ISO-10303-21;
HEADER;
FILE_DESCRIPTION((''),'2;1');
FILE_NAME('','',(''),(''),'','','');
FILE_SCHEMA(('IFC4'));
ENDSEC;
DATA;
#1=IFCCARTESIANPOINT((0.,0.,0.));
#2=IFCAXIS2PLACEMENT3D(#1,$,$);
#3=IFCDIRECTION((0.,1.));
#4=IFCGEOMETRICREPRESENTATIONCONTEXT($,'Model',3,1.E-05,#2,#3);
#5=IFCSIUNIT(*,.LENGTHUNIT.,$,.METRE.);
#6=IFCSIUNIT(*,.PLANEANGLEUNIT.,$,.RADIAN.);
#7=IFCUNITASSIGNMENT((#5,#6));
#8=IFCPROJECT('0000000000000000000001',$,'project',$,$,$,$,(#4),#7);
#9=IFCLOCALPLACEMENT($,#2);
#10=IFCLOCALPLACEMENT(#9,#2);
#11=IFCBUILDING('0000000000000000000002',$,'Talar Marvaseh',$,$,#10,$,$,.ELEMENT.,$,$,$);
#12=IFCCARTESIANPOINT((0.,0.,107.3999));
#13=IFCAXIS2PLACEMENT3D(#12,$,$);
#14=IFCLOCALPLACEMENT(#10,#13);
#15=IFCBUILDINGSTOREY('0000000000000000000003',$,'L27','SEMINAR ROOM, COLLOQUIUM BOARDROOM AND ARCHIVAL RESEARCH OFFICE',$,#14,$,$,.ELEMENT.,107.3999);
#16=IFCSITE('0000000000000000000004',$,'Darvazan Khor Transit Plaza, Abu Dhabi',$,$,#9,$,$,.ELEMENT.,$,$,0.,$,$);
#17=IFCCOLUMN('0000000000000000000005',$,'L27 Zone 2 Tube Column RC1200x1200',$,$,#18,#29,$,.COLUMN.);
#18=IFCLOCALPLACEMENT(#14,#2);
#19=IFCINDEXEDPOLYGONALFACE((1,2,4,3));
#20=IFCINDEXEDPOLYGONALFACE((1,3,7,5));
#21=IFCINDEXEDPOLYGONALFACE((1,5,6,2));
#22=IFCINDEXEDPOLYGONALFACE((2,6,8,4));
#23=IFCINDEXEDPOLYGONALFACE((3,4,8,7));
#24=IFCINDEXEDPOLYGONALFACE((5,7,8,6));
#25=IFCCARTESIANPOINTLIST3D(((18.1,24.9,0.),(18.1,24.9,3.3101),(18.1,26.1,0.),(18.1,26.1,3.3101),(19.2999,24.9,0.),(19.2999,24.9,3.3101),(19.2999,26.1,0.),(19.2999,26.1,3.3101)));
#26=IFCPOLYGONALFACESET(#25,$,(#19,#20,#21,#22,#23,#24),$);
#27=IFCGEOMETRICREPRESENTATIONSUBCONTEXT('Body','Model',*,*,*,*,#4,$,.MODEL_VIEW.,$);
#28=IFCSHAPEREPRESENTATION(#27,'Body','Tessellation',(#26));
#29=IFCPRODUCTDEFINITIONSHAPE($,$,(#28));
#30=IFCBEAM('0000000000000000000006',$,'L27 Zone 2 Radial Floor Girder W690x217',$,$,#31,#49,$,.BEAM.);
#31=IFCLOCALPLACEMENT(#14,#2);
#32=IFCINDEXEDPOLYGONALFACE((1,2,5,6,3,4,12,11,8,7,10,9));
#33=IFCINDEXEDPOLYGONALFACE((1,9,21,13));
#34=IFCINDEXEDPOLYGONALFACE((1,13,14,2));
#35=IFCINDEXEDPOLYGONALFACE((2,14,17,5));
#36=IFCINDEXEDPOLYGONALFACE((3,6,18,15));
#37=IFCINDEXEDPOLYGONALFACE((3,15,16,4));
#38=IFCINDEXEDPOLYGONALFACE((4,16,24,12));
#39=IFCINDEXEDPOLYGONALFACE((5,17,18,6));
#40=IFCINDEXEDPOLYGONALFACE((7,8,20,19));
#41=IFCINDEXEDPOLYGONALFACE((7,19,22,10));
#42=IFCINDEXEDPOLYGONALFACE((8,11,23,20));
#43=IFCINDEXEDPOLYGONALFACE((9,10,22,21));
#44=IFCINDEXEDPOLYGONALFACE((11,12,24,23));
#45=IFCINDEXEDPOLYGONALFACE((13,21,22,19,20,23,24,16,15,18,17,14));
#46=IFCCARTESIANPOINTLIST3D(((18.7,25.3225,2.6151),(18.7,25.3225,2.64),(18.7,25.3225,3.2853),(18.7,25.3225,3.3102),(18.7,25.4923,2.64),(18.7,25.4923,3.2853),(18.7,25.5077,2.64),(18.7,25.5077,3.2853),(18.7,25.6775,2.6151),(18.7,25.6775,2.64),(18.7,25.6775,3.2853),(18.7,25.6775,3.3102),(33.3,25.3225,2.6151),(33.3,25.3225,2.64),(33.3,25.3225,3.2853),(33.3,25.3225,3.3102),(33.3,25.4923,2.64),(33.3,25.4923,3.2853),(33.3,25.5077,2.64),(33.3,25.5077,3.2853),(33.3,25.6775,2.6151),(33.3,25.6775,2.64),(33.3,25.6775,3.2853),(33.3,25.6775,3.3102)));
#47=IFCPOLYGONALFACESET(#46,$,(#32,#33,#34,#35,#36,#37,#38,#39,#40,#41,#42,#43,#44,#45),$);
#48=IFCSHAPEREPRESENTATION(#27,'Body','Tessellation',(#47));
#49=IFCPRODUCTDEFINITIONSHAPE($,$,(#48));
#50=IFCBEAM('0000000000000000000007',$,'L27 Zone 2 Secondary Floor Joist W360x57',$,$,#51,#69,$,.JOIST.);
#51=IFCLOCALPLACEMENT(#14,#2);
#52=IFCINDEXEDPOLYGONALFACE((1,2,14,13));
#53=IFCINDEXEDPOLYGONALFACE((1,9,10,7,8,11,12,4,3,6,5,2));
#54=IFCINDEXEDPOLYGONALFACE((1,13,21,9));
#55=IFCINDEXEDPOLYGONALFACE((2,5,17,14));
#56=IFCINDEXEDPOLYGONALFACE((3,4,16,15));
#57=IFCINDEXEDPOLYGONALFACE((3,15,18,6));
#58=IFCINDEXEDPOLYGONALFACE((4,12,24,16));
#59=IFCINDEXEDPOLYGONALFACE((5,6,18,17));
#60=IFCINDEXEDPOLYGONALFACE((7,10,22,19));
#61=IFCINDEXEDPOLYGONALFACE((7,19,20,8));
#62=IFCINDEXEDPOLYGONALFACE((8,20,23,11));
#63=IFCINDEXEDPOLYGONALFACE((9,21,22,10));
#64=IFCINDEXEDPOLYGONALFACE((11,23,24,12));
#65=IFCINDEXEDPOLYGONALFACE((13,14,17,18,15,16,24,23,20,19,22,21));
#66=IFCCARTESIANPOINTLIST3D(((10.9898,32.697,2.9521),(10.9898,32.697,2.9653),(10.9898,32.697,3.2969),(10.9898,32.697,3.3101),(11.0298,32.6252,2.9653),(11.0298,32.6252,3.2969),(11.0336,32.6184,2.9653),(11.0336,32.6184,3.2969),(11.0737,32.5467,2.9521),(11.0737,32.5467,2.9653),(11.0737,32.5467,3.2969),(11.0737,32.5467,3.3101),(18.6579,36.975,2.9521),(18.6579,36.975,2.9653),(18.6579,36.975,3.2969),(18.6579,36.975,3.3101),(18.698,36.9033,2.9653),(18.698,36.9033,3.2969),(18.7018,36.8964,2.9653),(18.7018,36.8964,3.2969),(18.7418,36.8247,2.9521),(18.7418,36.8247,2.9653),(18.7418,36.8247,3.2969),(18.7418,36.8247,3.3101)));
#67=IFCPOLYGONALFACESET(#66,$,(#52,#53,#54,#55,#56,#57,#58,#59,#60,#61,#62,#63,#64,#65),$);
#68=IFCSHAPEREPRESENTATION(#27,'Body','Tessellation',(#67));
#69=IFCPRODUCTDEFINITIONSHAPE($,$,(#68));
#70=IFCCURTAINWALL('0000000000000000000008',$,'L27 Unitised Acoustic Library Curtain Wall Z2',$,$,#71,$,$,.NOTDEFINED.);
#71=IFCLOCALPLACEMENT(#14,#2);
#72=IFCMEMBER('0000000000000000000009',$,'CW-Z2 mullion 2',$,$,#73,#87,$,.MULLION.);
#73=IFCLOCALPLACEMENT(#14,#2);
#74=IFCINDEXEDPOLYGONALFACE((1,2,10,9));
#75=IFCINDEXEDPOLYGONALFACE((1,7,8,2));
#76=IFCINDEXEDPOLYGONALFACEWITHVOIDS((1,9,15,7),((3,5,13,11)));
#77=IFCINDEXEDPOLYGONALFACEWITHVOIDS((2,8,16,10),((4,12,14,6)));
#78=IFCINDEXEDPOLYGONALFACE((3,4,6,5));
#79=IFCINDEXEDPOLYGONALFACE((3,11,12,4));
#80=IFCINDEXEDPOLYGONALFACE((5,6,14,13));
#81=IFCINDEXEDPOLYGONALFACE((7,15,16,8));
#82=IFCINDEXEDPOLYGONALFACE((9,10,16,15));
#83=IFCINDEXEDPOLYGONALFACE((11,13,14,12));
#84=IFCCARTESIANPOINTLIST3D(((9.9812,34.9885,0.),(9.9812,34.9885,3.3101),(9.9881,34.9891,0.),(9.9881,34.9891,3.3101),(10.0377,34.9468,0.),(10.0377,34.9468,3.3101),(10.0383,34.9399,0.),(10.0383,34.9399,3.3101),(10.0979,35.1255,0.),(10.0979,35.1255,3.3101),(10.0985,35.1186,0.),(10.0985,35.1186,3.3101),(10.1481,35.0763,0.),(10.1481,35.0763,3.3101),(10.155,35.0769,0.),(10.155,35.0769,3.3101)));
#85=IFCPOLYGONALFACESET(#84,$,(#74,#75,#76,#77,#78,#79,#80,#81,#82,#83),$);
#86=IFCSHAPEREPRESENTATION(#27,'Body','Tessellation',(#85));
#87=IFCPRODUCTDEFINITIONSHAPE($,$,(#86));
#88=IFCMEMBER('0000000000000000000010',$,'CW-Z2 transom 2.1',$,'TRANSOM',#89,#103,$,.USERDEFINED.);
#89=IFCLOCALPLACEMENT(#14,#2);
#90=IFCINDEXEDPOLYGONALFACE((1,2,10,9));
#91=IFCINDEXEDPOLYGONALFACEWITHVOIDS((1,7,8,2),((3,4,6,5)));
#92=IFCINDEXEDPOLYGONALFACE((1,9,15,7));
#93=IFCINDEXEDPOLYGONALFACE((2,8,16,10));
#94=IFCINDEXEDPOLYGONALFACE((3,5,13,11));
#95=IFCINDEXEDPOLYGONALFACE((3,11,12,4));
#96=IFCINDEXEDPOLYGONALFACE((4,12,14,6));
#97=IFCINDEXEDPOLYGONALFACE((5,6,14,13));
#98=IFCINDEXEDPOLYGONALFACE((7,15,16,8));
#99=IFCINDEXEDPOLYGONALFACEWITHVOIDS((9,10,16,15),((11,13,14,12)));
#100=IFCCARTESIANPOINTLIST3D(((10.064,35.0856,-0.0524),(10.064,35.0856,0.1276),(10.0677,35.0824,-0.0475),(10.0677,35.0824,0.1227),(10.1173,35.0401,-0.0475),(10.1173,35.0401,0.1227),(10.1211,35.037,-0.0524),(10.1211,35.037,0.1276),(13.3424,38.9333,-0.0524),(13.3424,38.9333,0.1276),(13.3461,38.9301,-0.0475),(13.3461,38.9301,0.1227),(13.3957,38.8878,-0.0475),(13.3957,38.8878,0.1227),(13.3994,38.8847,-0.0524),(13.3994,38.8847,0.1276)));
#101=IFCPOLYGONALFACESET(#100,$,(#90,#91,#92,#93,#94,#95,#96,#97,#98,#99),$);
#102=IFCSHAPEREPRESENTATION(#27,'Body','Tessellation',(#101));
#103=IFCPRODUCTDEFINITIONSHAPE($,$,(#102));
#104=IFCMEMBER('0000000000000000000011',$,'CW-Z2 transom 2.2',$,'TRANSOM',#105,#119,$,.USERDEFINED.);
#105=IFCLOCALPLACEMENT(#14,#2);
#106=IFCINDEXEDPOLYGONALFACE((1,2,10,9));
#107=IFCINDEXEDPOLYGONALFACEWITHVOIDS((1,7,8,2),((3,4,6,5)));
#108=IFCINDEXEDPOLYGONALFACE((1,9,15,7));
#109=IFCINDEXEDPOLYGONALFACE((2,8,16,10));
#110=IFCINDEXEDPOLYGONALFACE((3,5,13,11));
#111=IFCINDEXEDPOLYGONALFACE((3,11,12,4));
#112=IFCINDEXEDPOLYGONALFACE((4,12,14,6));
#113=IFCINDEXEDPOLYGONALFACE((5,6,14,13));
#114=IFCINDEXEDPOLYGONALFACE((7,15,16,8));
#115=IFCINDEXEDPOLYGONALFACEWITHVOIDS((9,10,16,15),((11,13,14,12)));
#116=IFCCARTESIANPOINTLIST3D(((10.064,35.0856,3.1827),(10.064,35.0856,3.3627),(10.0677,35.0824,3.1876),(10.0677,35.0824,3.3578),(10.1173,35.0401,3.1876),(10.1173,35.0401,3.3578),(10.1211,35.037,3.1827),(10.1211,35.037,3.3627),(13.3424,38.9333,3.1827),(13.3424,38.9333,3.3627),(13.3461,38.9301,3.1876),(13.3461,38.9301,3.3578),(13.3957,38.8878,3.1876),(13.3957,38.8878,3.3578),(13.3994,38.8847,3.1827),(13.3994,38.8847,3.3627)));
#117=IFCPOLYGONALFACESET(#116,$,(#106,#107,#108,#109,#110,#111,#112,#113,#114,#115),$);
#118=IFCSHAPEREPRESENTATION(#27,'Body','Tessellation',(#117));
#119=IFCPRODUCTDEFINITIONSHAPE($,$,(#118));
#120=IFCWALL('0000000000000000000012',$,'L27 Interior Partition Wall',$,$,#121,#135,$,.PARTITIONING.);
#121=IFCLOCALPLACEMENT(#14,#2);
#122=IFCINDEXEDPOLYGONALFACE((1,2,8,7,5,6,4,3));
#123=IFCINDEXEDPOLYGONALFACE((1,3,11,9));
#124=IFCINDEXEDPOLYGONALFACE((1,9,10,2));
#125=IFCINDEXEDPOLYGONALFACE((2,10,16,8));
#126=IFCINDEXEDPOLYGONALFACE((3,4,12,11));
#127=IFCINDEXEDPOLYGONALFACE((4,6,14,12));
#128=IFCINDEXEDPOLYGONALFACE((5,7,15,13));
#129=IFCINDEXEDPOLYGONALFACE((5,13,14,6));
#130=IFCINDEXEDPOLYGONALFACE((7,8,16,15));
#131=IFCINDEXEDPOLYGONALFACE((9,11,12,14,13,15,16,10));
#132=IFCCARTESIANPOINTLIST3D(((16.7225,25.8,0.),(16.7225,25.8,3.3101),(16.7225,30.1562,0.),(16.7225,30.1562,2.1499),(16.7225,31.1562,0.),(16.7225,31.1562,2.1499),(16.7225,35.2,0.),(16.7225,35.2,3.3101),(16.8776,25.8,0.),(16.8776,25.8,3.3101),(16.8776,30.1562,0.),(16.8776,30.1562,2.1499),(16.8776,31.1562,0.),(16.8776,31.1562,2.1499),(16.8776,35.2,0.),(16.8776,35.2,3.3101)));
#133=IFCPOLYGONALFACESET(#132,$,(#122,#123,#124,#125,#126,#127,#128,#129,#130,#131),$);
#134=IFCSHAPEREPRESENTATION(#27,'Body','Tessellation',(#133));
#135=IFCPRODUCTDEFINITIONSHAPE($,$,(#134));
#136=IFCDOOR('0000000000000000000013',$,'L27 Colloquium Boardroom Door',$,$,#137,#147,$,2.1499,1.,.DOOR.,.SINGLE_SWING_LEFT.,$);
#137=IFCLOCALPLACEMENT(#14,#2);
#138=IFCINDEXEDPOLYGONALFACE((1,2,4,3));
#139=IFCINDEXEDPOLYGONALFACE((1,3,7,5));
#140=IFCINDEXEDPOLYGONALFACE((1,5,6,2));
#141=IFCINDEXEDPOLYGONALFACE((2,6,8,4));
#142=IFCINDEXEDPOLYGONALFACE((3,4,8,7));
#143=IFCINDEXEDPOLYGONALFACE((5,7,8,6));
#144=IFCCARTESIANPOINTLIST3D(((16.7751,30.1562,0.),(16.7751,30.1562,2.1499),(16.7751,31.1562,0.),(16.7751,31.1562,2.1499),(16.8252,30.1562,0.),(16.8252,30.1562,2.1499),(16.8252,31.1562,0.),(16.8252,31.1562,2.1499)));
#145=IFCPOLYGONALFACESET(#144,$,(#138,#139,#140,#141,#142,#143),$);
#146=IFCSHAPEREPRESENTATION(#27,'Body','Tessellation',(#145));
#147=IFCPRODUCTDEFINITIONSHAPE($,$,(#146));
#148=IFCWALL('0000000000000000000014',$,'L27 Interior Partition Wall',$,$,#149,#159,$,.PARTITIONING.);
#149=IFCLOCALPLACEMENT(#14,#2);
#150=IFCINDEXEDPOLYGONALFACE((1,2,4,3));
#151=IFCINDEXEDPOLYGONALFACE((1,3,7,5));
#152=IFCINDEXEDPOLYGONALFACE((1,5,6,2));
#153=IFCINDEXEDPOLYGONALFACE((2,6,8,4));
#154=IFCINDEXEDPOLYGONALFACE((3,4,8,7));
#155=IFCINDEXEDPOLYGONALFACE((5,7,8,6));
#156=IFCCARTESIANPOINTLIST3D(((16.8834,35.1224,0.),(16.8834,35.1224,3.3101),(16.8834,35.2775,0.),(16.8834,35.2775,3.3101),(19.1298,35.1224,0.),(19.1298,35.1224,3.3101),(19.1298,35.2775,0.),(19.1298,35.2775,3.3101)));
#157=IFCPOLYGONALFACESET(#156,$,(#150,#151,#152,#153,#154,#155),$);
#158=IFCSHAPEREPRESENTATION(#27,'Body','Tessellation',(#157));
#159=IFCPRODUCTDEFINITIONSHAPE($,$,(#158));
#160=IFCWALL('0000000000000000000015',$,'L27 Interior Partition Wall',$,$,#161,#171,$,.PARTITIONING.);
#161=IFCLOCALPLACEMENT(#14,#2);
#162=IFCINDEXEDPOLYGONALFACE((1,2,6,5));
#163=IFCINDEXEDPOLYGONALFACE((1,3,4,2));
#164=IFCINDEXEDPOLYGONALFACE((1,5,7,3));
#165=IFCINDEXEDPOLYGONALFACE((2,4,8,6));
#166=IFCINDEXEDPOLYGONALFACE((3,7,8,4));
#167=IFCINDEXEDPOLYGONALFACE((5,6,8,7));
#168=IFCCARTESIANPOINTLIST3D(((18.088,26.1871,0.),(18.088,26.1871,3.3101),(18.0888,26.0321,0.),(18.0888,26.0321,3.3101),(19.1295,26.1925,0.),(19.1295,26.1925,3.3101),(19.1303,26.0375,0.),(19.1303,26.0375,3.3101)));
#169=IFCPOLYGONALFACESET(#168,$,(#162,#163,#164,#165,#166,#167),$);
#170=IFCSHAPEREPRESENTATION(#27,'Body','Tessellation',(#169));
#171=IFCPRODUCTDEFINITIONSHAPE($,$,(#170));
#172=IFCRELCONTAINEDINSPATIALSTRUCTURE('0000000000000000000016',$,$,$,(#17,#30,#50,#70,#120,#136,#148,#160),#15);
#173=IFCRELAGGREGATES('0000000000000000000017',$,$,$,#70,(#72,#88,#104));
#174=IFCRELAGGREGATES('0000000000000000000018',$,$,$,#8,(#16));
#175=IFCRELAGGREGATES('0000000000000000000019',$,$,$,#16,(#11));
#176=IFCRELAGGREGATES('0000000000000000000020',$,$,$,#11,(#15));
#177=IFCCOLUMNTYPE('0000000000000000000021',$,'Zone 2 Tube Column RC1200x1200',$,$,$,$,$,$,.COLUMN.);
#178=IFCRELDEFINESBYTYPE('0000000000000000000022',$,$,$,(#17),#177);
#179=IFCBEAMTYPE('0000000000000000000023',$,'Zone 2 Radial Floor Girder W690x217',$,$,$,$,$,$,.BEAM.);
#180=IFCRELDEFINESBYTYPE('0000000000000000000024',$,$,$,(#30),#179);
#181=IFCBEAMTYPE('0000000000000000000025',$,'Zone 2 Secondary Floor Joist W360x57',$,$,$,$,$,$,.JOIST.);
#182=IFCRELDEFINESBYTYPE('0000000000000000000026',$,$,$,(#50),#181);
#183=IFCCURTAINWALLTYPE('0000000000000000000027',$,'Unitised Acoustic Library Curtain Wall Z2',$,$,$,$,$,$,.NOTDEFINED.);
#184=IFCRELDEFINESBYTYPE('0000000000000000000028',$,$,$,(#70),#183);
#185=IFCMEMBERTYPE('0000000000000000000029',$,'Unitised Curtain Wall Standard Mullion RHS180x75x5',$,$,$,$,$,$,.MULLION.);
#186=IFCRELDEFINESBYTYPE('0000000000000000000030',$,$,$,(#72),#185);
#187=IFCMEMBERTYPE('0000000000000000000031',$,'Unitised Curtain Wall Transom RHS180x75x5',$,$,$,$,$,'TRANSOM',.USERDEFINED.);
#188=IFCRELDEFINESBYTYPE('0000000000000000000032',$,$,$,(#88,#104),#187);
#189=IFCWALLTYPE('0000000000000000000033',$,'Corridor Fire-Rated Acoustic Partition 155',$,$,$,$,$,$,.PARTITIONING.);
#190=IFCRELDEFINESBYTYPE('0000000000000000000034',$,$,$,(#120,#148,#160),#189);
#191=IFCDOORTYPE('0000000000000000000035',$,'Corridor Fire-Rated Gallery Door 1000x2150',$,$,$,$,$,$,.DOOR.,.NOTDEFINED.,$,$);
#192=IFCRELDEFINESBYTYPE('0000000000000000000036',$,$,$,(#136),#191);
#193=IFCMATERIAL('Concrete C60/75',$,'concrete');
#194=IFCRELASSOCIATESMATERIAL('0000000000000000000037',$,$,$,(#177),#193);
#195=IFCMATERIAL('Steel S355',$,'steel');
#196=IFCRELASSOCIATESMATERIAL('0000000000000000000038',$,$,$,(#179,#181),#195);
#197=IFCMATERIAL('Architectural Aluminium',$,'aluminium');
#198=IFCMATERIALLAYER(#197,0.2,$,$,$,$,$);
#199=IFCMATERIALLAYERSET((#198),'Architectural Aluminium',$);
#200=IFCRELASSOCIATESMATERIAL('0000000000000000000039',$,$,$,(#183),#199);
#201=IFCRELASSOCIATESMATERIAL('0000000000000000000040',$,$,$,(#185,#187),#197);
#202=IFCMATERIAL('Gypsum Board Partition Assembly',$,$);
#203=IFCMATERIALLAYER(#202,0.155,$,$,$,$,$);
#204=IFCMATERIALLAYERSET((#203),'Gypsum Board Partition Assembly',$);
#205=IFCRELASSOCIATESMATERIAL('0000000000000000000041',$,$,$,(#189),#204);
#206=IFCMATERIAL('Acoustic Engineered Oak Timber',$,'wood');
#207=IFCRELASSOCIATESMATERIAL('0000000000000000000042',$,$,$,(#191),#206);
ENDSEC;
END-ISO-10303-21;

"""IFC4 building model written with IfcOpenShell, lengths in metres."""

from ifc_helpers import new_model, si_unit, direction, frame, frame_2d, origin, origin_2d, place, context, subcontext, project, spatial, rectangle, hollow_rectangle, i_section, extrude, source, transform, mapped, material, layer, layer_set, material_profile, profile_set, type_object, type_shapes, element, fill, aggregate, save


model = new_model("IFC4")

# Units and contexts
model_context = context("Model", 3, precision=1e-05, world=origin(), true_north=direction((0.0, 1.0)))
body_context = subcontext(model_context, "Body", "Model", "MODEL_VIEW")
ifc_project = project(units=[si_unit("LENGTHUNIT", "METRE"), si_unit("PLANEANGLEUNIT", "RADIAN")], contexts=[model_context])

# Site, building, storey
site_placement = place(None, origin())
site = spatial("IfcSite", under=ifc_project, at=site_placement, Name="Darvazan Khor Transit Plaza, Abu Dhabi", CompositionType="ELEMENT", RefElevation=0.0)
building_placement = place(site_placement, origin())
building = spatial("IfcBuilding", under=site, at=building_placement, Name="Talar Marvaseh", CompositionType="ELEMENT")
storey_placement = place(building_placement, frame((0.0, 0.0, 107.3999)))
storey = spatial("IfcBuildingStorey", under=building, at=storey_placement, Name="L27", Description="SEMINAR ROOM, COLLOQUIUM BOARDROOM AND ARCHIVAL RESEARCH OFFICE", CompositionType="ELEMENT", Elevation=107.3999)

# Column
ifc_material_1 = material(Name="Concrete C60/75", Category="concrete")
ifc_material_profile_1 = material_profile(ifc_material_1, rectangle(XDim=1.2, YDim=1.2, at=origin_2d()), Name="RC1200x1200")
ifc_profile_set_1 = profile_set([ifc_material_profile_1], Name="Concrete C60/75")
column_type = type_object("IfcColumnType", Name="Zone 2 Tube Column RC1200x1200", PredefinedType="COLUMN", material=ifc_profile_set_1)
column_placement = place(storey_placement, frame((18.7, 25.5, 0.0), z_axis=(0.0, 0.0, 1.0), x_axis=(1.0, 0.0, 0.0)))
element("IfcColumn", 1, at=column_placement, inside=storey, type_object=column_type, Name="L27 Zone 2 Tube Column RC1200x1200", PredefinedType="COLUMN", context=body_context, shape_type="SweptSolid", body=[
    extrude(rectangle(XDim=1.2, YDim=1.2, at=origin_2d()), origin(), (0.0, 0.0, 1.0), 3.3101),
])

# Beams
ifc_material_2 = material(Name="Steel S355", Category="steel")
ifc_material_profile_2 = material_profile(ifc_material_2, i_section(OverallWidth=0.355, OverallDepth=0.6951, WebThickness=0.0154, FlangeThickness=0.0249, at=origin_2d()), Name="W690x217")
ifc_profile_set_2 = profile_set([ifc_material_profile_2], Name="Steel S355")
beam_type_1 = type_object("IfcBeamType", Name="Zone 2 Radial Floor Girder W690x217", PredefinedType="BEAM", material=ifc_profile_set_2)
beam_1_placement = place(storey_placement, frame((18.7, 25.5, 2.9626), z_axis=(1.0, 0.0, 0.0), x_axis=(0.0, 1.0, 0.0)))
element("IfcBeam", 2, at=beam_1_placement, inside=storey, type_object=beam_type_1, Name="L27 Zone 2 Radial Floor Girder W690x217", PredefinedType="BEAM", context=body_context, shape_type="SweptSolid", body=[
    extrude(i_section(OverallWidth=0.355, OverallDepth=0.6951, WebThickness=0.0154, FlangeThickness=0.0249, at=origin_2d()), origin(), (0.0, 0.0, 1.0), 14.6001),
])
ifc_material_profile_3 = material_profile(ifc_material_2, i_section(OverallWidth=0.1721, OverallDepth=0.3579, WebThickness=0.0078, FlangeThickness=0.0132, at=origin_2d()), Name="W360x57")
ifc_profile_set_3 = profile_set([ifc_material_profile_3], Name="Steel S355")
beam_type_2 = type_object("IfcBeamType", Name="Zone 2 Secondary Floor Joist W360x57", PredefinedType="JOIST", material=ifc_profile_set_3)
beam_2_placement = place(storey_placement, frame((11.0317, 32.6218, 3.1311), z_axis=(0.873288, 0.487205, 0.0), x_axis=(-0.487205, 0.873288, 0.0)))
element("IfcBeam", 3, at=beam_2_placement, inside=storey, type_object=beam_type_2, Name="L27 Zone 2 Secondary Floor Joist W360x57", PredefinedType="JOIST", context=body_context, shape_type="SweptSolid", body=[
    extrude(i_section(OverallWidth=0.1721, OverallDepth=0.3579, WebThickness=0.0078, FlangeThickness=0.0132, at=origin_2d()), origin(), (0.0, 0.0, 1.0), 8.7808),
])

# Curtain wall, members
ifc_material_3 = material(Name="Architectural Aluminium", Category="aluminium")
ifc_layer_1 = layer(ifc_material_3, 0.2)
ifc_layer_set_1 = layer_set([ifc_layer_1], Name="Architectural Aluminium")
curtain_wall_type = type_object("IfcCurtainWallType", Name="Unitised Acoustic Library Curtain Wall Z2", PredefinedType="NOTDEFINED", material=ifc_layer_set_1)
curtain_wall_placement = place(storey_placement, origin())
curtain_wall = element("IfcCurtainWall", 4, at=curtain_wall_placement, inside=storey, type_object=curtain_wall_type, Name="L27 Unitised Acoustic Library Curtain Wall Z2", PredefinedType="NOTDEFINED")
ifc_material_profile_4 = material_profile(ifc_material_3, hollow_rectangle(XDim=0.075, YDim=0.1799, WallThickness=0.0049, at=origin_2d()), Name="RHS180x75x5")
ifc_profile_set_4 = profile_set([ifc_material_profile_4], Name="Architectural Aluminium")
member_type_1 = type_object("IfcMemberType", Name="Unitised Curtain Wall Standard Mullion RHS180x75x5", PredefinedType="MULLION", material=ifc_profile_set_4)
shared_shape_1 = source(origin(), body_context, "Body", "SweptSolid", [
    extrude(hollow_rectangle(XDim=0.075, YDim=0.1799, WallThickness=0.0049, at=origin_2d()), origin(), (0.0, 0.0, 1.0), 3.3101),
])
type_shapes(member_type_1, [shared_shape_1])
member_1_placement = place(storey_placement, frame((10.0681, 35.0327, 0.0), z_axis=(0.0, 0.0, 1.0), x_axis=(-0.761176, 0.648545, 0.0)))
member_1 = element("IfcMember", 5, at=member_1_placement, type_object=member_type_1, Name="CW-Z2 mullion 2", PredefinedType="MULLION", context=body_context, shape_type="MappedRepresentation", body=[
    mapped(shared_shape_1, transform((0.0, 0.0, 0.0), x_axis=(1.0, 0.0, 0.0), y_axis=(0.0, 1.0, 0.0), z_axis=(0.0, 0.0, 1.0), scale=1.0)),
])
ifc_material_profile_5 = material_profile(ifc_material_3, hollow_rectangle(XDim=0.075, YDim=0.1799, WallThickness=0.0049, at=origin_2d()), Name="RHS180x75x5")
ifc_profile_set_5 = profile_set([ifc_material_profile_5], Name="Architectural Aluminium")
member_type_2 = type_object("IfcMemberType", Name="Unitised Curtain Wall Transom RHS180x75x5", ElementType="TRANSOM", PredefinedType="USERDEFINED", material=ifc_profile_set_5)
shared_shape_2 = source(origin(), body_context, "Body", "SweptSolid", [
    extrude(hollow_rectangle(XDim=0.075, YDim=0.1799, WallThickness=0.0049, at=origin_2d()), origin(), (0.0, 0.0, 1.0), 5.0549),
])
type_shapes(member_type_2, [shared_shape_2])
member_2_placement = place(storey_placement, frame((10.0925, 35.0613, 0.0376), z_axis=(0.648545, 0.761176, 0.0), x_axis=(-0.761176, 0.648545, 0.0)))
member_2 = element("IfcMember", 6, at=member_2_placement, type_object=member_type_2, Name="CW-Z2 transom 2.1", ObjectType="TRANSOM", PredefinedType="USERDEFINED", context=body_context, shape_type="MappedRepresentation", body=[
    mapped(shared_shape_2, transform((0.0, 0.0, 0.0), x_axis=(1.0, 0.0, 0.0), y_axis=(0.0, 1.0, 0.0), z_axis=(0.0, 0.0, 1.0), scale=1.0)),
])
member_3_placement = place(storey_placement, frame((10.0925, 35.0613, 3.2727), z_axis=(0.648545, 0.761176, 0.0), x_axis=(-0.761176, 0.648545, 0.0)))
member_3 = element("IfcMember", 7, at=member_3_placement, type_object=member_type_2, Name="CW-Z2 transom 2.2", ObjectType="TRANSOM", PredefinedType="USERDEFINED", context=body_context, shape_type="MappedRepresentation", body=[
    mapped(shared_shape_2, transform((0.0, 0.0, 0.0), x_axis=(1.0, 0.0, 0.0), y_axis=(0.0, 1.0, 0.0), z_axis=(0.0, 0.0, 1.0), scale=1.0)),
])
aggregate(curtain_wall, [member_1, member_2, member_3])

# Wall, opening, door
ifc_material_4 = material(Name="Gypsum Board Partition Assembly")
ifc_layer_2 = layer(ifc_material_4, 0.155)
ifc_layer_set_2 = layer_set([ifc_layer_2], Name="Gypsum Board Partition Assembly")
wall_type_1 = type_object("IfcWallType", Name="Corridor Fire-Rated Acoustic Partition 155", PredefinedType="PARTITIONING", material=ifc_layer_set_2)
wall_1_placement = place(storey_placement, frame((16.8, 25.8, 0.0), z_axis=(0.0, 0.0, 1.0), x_axis=(0.0, 1.0, 0.0)))
wall_1 = element("IfcWall", 8, at=wall_1_placement, inside=storey, type_object=wall_type_1, Name="L27 Interior Partition Wall", PredefinedType="PARTITIONING", context=body_context, shape_type="SweptSolid", body=[
    extrude(rectangle(XDim=9.3999, YDim=0.155, at=frame_2d((4.7, 0.0))), origin(), (0.0, 0.0, 1.0), 3.3101),
])
opening_placement = place(wall_1_placement, frame((4.3562, 0.0, 0.0)))
opening = element("IfcOpeningElement", 9, at=opening_placement, cuts=wall_1, PredefinedType="OPENING", context=body_context, shape_type="SweptSolid", body=[
    extrude(rectangle(XDim=1.0, YDim=2.1499, at=frame_2d((0.5, 1.075))), frame((0.0, 0.0874, 0.0), z_axis=(0.0, -1.0, 0.0), x_axis=(1.0, 0.0, 0.0)), (0.0, 0.0, 1.0), 0.175),
])
ifc_material_5 = material(Name="Acoustic Engineered Oak Timber", Category="wood")
door_type = type_object("IfcDoorType", Name="Corridor Fire-Rated Gallery Door 1000x2150", OperationType="NOTDEFINED", PredefinedType="DOOR", material=ifc_material_5)
shared_shape_3 = source(origin(), body_context, "Body", "SweptSolid", [
    extrude(rectangle(XDim=1.0, YDim=2.1499, at=frame_2d((0.5, 1.075))), frame((0.0, 0.0249, 0.0), z_axis=(0.0, -1.0, 0.0), x_axis=(1.0, 0.0, 0.0)), (0.0, 0.0, 1.0), 0.05),
])
type_shapes(door_type, [shared_shape_3])
door_placement = place(opening_placement, origin())
door = element("IfcDoor", 10, at=door_placement, inside=storey, type_object=door_type, Name="L27 Colloquium Boardroom Door", OperationType="SINGLE_SWING_LEFT", OverallHeight=2.1499, OverallWidth=1.0, PredefinedType="DOOR", context=body_context, shape_type="MappedRepresentation", body=[
    mapped(shared_shape_3, transform((0.0, 0.0, 0.0), x_axis=(1.0, 0.0, 0.0), y_axis=(0.0, 1.0, 0.0), z_axis=(0.0, 0.0, 1.0), scale=1.0)),
])
fill(opening, door)

# Walls
wall_2_placement = place(storey_placement, frame((16.8835, 35.2, 0.0), z_axis=(0.0, 0.0, 1.0), x_axis=(1.0, 0.0, 0.0)))
element("IfcWall", 11, at=wall_2_placement, inside=storey, type_object=wall_type_1, Name="L27 Interior Partition Wall", PredefinedType="PARTITIONING", context=body_context, shape_type="SweptSolid", body=[
    extrude(rectangle(XDim=2.2463, YDim=0.155, at=frame_2d((1.123, 0.0))), origin(), (0.0, 0.0, 1.0), 3.3101),
])
wall_3_placement = place(storey_placement, frame((19.1299, 26.115, 0.0), z_axis=(0.0, 0.0, 1.0), x_axis=(-0.999987, -0.005157, 0.0)))
element("IfcWall", 12, at=wall_3_placement, inside=storey, type_object=wall_type_1, Name="L27 Interior Partition Wall", PredefinedType="PARTITIONING", context=body_context, shape_type="SweptSolid", body=[
    extrude(rectangle(XDim=1.0415, YDim=0.155, at=frame_2d((0.5208, 0.0))), origin(), (0.0, 0.0, 1.0), 3.3101),
])

save(model, "model.ifc")
